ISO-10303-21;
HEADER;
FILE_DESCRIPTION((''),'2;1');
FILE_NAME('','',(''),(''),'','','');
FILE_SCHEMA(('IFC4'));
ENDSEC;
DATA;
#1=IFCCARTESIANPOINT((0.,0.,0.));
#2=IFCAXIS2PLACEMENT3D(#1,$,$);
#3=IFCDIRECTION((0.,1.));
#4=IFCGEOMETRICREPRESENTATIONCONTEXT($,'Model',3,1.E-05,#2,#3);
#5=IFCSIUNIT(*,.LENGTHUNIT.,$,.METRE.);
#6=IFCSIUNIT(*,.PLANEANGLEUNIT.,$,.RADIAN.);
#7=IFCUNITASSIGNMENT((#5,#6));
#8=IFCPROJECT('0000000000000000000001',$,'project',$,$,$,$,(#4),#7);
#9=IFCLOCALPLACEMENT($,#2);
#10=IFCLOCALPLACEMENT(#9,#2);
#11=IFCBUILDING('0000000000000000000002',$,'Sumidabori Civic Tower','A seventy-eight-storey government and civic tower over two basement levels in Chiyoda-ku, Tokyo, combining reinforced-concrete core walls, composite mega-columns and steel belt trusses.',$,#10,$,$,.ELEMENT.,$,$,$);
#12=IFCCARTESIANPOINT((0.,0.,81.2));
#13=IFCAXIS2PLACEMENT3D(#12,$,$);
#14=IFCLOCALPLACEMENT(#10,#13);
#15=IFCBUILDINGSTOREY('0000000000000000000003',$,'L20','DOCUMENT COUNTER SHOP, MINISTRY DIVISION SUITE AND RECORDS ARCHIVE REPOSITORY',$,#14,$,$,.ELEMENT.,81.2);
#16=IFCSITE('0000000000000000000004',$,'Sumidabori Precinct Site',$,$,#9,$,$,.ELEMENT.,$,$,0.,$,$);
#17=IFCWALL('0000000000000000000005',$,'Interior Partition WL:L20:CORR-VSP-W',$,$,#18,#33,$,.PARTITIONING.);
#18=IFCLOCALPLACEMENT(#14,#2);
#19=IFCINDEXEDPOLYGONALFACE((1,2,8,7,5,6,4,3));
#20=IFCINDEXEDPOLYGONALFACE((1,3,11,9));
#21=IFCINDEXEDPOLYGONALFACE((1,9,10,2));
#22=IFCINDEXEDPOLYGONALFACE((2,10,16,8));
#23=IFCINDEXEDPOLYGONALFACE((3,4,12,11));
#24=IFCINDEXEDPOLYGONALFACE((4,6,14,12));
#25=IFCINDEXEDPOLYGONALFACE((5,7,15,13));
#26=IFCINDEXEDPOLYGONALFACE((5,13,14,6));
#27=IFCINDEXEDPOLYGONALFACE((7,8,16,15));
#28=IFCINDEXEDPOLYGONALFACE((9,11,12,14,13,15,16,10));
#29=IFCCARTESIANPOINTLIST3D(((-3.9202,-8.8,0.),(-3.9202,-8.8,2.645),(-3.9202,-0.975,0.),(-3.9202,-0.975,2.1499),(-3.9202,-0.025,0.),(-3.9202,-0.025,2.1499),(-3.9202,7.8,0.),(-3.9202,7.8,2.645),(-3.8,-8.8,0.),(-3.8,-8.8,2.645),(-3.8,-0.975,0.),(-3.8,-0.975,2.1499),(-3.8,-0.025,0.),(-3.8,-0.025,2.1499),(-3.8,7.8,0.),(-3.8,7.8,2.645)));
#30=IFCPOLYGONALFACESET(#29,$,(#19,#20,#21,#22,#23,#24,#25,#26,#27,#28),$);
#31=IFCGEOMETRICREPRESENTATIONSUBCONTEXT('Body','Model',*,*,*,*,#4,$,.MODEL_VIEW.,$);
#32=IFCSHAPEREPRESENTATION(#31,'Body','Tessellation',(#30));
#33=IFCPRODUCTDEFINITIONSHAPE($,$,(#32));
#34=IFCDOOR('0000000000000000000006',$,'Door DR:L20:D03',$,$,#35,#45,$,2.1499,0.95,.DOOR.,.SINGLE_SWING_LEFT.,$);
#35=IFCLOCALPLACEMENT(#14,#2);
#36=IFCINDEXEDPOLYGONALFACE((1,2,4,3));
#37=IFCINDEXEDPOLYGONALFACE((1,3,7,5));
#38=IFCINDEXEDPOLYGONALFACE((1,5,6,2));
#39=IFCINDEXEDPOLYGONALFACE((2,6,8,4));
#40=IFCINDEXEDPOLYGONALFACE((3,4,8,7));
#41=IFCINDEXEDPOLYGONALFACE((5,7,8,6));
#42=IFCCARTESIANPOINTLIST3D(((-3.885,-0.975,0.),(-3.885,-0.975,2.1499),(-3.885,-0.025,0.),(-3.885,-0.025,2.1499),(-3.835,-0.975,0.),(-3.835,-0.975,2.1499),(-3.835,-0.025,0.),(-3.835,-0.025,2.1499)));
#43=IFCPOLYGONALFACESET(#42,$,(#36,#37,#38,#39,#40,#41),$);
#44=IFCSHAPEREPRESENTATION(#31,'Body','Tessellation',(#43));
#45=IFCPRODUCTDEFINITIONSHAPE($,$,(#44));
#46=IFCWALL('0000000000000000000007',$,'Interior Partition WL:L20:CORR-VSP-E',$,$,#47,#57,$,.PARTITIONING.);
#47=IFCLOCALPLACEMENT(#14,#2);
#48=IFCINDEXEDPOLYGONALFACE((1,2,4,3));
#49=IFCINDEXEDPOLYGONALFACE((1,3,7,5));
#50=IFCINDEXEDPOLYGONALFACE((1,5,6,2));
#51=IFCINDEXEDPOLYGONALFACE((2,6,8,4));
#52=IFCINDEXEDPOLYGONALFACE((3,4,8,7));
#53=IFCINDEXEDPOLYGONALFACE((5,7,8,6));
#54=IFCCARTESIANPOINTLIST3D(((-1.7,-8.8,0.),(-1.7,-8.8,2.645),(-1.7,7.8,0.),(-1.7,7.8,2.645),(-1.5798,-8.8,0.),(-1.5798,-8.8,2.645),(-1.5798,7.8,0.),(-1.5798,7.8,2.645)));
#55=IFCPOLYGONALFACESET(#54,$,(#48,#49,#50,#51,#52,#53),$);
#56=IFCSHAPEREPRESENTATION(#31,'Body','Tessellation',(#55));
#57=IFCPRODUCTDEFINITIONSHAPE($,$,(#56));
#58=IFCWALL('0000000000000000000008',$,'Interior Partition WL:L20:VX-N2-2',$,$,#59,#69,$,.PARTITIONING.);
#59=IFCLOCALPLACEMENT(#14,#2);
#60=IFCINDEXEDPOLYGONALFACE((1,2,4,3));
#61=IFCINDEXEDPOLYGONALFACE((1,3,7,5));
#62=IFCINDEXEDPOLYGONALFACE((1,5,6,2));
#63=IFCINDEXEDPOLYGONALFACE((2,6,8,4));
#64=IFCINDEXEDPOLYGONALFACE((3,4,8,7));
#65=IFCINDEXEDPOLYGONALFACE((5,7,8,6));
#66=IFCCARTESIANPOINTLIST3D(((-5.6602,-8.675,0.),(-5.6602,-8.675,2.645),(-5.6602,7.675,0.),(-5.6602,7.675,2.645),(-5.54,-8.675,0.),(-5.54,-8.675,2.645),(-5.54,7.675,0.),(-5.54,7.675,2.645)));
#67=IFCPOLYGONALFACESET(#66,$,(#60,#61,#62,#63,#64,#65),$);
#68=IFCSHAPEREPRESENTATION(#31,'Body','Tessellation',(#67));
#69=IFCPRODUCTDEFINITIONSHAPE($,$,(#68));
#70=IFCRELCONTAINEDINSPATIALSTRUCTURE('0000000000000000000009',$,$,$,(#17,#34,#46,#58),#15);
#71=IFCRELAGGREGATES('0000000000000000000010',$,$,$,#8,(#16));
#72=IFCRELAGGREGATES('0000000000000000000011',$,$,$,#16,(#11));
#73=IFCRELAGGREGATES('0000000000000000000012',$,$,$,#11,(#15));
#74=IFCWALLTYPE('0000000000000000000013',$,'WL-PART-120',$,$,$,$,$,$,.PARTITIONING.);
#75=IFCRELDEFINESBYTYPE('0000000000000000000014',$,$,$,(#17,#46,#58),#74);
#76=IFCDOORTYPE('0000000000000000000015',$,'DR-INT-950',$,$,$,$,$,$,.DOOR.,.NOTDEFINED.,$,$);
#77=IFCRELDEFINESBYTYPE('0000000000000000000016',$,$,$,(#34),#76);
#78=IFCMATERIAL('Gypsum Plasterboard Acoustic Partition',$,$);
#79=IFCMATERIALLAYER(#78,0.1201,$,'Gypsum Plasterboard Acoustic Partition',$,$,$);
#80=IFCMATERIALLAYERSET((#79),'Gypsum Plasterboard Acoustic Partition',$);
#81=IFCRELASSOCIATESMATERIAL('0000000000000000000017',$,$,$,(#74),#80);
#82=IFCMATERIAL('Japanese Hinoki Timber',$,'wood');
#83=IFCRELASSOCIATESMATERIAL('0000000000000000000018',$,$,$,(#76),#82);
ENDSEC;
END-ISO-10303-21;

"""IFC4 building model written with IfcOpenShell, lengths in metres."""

from ifc_helpers import new_model, si_unit, direction, frame, frame_2d, origin, place, context, subcontext, project, spatial, rectangle, extrude, source, transform, mapped, material, layer, layer_set, type_object, element, fill, save


model = new_model("IFC4")

# Units and contexts
model_context = context("Model", 3, precision=1e-05, world=origin(), true_north=direction((0.0, 1.0)))
body_context = subcontext(model_context, "Body", "Model", "MODEL_VIEW")
ifc_project = project(units=[si_unit("LENGTHUNIT", "METRE"), si_unit("PLANEANGLEUNIT", "RADIAN")], contexts=[model_context])

# Site, building, storey
site_placement = place(None, origin())
site = spatial("IfcSite", under=ifc_project, at=site_placement, Name="Sumidabori Precinct Site", CompositionType="ELEMENT", RefElevation=0.0)
building_placement = place(site_placement, origin())
building = spatial("IfcBuilding", under=site, at=building_placement, Name="Sumidabori Civic Tower", Description="A seventy-eight-storey government and civic tower over two basement levels in Chiyoda-ku, Tokyo, combining reinforced-concrete core walls, composite mega-columns and steel belt trusses.", CompositionType="ELEMENT")
storey_placement = place(building_placement, frame((0.0, 0.0, 81.2)))
storey = spatial("IfcBuildingStorey", under=building, at=storey_placement, Name="L20", Description="DOCUMENT COUNTER SHOP, MINISTRY DIVISION SUITE AND RECORDS ARCHIVE REPOSITORY", CompositionType="ELEMENT", Elevation=81.2)

# Shared definitions
ifc_material_1 = material(Name="Gypsum Plasterboard Acoustic Partition")
ifc_layer = layer(ifc_material_1, 0.1201, Name="Gypsum Plasterboard Acoustic Partition")
ifc_layer_set = layer_set([ifc_layer], Name="Gypsum Plasterboard Acoustic Partition")
wall_type = type_object("IfcWallType", Name="WL-PART-120", PredefinedType="PARTITIONING", material=ifc_layer_set)

# Wall, opening, door
ifc_material_2 = material(Name="Japanese Hinoki Timber", Category="wood")
door_type = type_object("IfcDoorType", Name="DR-INT-950", OperationType="NOTDEFINED", PredefinedType="DOOR", material=ifc_material_2)
shared_shape_1 = source(origin(), body_context, "Body", "SweptSolid", [
    extrude(rectangle(XDim=0.95, YDim=2.1499, at=frame_2d((0.4751, 1.075))), frame((0.0, 0.0249, 0.0), z_axis=(0.0, -1.0, 0.0), x_axis=(1.0, 0.0, 0.0)), (0.0, 0.0, 1.0), 0.05),
])
shared_shape_2 = source(origin(), body_context, "Body", "SweptSolid", [
    extrude(rectangle(XDim=16.6001, YDim=0.1201, at=frame_2d((8.3, 0.0))), origin(), (0.0, 0.0, 1.0), 2.645),
])
wall_1_placement = place(storey_placement, frame((-3.8601, -8.8, 0.0), z_axis=(0.0, 0.0, 1.0), x_axis=(0.0, 1.0, 0.0)))
wall_1 = element("IfcWall", 1, at=wall_1_placement, inside=storey, type_object=wall_type, Name="Interior Partition WL:L20:CORR-VSP-W", PredefinedType="PARTITIONING", context=body_context, shape_type="MappedRepresentation", body=[
    mapped(shared_shape_2, transform((0.0, 0.0, 0.0), x_axis=(1.0, 0.0, 0.0), y_axis=(0.0, 1.0, 0.0), z_axis=(0.0, 0.0, 1.0), scale=1.0)),
])
opening_1_placement = place(wall_1_placement, frame((7.825, 0.0, 0.0)))
opening_1 = element("IfcOpeningElement", 2, at=opening_1_placement, cuts=wall_1, PredefinedType="OPENING", context=body_context, shape_type="SweptSolid", body=[
    extrude(rectangle(XDim=0.95, YDim=2.1499, at=frame_2d((0.4751, 1.075))), frame((0.0, 0.072, 0.0), z_axis=(0.0, -1.0, 0.0), x_axis=(1.0, 0.0, 0.0)), (0.0, 0.0, 1.0), 0.144),
])
door_1_placement = place(opening_1_placement, origin())
door_1 = element("IfcDoor", 3, at=door_1_placement, inside=storey, type_object=door_type, Name="Door DR:L20:D03", OperationType="SINGLE_SWING_LEFT", OverallHeight=2.1499, OverallWidth=0.95, PredefinedType="DOOR", context=body_context, shape_type="MappedRepresentation", body=[
    mapped(shared_shape_1, transform((0.0, 0.0, 0.0), x_axis=(1.0, 0.0, 0.0), y_axis=(0.0, 1.0, 0.0), z_axis=(0.0, 0.0, 1.0), scale=1.0)),
])
fill(opening_1, door_1)

# Walls
wall_2_placement = place(storey_placement, frame((-1.6399, -8.8, 0.0), z_axis=(0.0, 0.0, 1.0), x_axis=(0.0, 1.0, 0.0)))
element("IfcWall", 4, at=wall_2_placement, inside=storey, type_object=wall_type, Name="Interior Partition WL:L20:CORR-VSP-E", PredefinedType="PARTITIONING", context=body_context, shape_type="MappedRepresentation", body=[
    mapped(shared_shape_2, transform((0.0, 0.0, 0.0), x_axis=(1.0, 0.0, 0.0), y_axis=(0.0, 1.0, 0.0), z_axis=(0.0, 0.0, 1.0), scale=1.0)),
])
shared_shape_3 = source(origin(), body_context, "Body", "SweptSolid", [
    extrude(rectangle(XDim=16.3501, YDim=0.1201, at=frame_2d((8.175, 0.0))), origin(), (0.0, 0.0, 1.0), 2.645),
])
wall_3_placement = place(storey_placement, frame((-5.6001, -8.675, 0.0), z_axis=(0.0, 0.0, 1.0), x_axis=(0.0, 1.0, 0.0)))
element("IfcWall", 5, at=wall_3_placement, inside=storey, type_object=wall_type, Name="Interior Partition WL:L20:VX-N2-2", PredefinedType="PARTITIONING", context=body_context, shape_type="MappedRepresentation", body=[
    mapped(shared_shape_3, transform((0.0, 0.0, 0.0), x_axis=(1.0, 0.0, 0.0), y_axis=(0.0, 1.0, 0.0), z_axis=(0.0, 0.0, 1.0), scale=1.0)),
])

save(model, "model.ifc")
